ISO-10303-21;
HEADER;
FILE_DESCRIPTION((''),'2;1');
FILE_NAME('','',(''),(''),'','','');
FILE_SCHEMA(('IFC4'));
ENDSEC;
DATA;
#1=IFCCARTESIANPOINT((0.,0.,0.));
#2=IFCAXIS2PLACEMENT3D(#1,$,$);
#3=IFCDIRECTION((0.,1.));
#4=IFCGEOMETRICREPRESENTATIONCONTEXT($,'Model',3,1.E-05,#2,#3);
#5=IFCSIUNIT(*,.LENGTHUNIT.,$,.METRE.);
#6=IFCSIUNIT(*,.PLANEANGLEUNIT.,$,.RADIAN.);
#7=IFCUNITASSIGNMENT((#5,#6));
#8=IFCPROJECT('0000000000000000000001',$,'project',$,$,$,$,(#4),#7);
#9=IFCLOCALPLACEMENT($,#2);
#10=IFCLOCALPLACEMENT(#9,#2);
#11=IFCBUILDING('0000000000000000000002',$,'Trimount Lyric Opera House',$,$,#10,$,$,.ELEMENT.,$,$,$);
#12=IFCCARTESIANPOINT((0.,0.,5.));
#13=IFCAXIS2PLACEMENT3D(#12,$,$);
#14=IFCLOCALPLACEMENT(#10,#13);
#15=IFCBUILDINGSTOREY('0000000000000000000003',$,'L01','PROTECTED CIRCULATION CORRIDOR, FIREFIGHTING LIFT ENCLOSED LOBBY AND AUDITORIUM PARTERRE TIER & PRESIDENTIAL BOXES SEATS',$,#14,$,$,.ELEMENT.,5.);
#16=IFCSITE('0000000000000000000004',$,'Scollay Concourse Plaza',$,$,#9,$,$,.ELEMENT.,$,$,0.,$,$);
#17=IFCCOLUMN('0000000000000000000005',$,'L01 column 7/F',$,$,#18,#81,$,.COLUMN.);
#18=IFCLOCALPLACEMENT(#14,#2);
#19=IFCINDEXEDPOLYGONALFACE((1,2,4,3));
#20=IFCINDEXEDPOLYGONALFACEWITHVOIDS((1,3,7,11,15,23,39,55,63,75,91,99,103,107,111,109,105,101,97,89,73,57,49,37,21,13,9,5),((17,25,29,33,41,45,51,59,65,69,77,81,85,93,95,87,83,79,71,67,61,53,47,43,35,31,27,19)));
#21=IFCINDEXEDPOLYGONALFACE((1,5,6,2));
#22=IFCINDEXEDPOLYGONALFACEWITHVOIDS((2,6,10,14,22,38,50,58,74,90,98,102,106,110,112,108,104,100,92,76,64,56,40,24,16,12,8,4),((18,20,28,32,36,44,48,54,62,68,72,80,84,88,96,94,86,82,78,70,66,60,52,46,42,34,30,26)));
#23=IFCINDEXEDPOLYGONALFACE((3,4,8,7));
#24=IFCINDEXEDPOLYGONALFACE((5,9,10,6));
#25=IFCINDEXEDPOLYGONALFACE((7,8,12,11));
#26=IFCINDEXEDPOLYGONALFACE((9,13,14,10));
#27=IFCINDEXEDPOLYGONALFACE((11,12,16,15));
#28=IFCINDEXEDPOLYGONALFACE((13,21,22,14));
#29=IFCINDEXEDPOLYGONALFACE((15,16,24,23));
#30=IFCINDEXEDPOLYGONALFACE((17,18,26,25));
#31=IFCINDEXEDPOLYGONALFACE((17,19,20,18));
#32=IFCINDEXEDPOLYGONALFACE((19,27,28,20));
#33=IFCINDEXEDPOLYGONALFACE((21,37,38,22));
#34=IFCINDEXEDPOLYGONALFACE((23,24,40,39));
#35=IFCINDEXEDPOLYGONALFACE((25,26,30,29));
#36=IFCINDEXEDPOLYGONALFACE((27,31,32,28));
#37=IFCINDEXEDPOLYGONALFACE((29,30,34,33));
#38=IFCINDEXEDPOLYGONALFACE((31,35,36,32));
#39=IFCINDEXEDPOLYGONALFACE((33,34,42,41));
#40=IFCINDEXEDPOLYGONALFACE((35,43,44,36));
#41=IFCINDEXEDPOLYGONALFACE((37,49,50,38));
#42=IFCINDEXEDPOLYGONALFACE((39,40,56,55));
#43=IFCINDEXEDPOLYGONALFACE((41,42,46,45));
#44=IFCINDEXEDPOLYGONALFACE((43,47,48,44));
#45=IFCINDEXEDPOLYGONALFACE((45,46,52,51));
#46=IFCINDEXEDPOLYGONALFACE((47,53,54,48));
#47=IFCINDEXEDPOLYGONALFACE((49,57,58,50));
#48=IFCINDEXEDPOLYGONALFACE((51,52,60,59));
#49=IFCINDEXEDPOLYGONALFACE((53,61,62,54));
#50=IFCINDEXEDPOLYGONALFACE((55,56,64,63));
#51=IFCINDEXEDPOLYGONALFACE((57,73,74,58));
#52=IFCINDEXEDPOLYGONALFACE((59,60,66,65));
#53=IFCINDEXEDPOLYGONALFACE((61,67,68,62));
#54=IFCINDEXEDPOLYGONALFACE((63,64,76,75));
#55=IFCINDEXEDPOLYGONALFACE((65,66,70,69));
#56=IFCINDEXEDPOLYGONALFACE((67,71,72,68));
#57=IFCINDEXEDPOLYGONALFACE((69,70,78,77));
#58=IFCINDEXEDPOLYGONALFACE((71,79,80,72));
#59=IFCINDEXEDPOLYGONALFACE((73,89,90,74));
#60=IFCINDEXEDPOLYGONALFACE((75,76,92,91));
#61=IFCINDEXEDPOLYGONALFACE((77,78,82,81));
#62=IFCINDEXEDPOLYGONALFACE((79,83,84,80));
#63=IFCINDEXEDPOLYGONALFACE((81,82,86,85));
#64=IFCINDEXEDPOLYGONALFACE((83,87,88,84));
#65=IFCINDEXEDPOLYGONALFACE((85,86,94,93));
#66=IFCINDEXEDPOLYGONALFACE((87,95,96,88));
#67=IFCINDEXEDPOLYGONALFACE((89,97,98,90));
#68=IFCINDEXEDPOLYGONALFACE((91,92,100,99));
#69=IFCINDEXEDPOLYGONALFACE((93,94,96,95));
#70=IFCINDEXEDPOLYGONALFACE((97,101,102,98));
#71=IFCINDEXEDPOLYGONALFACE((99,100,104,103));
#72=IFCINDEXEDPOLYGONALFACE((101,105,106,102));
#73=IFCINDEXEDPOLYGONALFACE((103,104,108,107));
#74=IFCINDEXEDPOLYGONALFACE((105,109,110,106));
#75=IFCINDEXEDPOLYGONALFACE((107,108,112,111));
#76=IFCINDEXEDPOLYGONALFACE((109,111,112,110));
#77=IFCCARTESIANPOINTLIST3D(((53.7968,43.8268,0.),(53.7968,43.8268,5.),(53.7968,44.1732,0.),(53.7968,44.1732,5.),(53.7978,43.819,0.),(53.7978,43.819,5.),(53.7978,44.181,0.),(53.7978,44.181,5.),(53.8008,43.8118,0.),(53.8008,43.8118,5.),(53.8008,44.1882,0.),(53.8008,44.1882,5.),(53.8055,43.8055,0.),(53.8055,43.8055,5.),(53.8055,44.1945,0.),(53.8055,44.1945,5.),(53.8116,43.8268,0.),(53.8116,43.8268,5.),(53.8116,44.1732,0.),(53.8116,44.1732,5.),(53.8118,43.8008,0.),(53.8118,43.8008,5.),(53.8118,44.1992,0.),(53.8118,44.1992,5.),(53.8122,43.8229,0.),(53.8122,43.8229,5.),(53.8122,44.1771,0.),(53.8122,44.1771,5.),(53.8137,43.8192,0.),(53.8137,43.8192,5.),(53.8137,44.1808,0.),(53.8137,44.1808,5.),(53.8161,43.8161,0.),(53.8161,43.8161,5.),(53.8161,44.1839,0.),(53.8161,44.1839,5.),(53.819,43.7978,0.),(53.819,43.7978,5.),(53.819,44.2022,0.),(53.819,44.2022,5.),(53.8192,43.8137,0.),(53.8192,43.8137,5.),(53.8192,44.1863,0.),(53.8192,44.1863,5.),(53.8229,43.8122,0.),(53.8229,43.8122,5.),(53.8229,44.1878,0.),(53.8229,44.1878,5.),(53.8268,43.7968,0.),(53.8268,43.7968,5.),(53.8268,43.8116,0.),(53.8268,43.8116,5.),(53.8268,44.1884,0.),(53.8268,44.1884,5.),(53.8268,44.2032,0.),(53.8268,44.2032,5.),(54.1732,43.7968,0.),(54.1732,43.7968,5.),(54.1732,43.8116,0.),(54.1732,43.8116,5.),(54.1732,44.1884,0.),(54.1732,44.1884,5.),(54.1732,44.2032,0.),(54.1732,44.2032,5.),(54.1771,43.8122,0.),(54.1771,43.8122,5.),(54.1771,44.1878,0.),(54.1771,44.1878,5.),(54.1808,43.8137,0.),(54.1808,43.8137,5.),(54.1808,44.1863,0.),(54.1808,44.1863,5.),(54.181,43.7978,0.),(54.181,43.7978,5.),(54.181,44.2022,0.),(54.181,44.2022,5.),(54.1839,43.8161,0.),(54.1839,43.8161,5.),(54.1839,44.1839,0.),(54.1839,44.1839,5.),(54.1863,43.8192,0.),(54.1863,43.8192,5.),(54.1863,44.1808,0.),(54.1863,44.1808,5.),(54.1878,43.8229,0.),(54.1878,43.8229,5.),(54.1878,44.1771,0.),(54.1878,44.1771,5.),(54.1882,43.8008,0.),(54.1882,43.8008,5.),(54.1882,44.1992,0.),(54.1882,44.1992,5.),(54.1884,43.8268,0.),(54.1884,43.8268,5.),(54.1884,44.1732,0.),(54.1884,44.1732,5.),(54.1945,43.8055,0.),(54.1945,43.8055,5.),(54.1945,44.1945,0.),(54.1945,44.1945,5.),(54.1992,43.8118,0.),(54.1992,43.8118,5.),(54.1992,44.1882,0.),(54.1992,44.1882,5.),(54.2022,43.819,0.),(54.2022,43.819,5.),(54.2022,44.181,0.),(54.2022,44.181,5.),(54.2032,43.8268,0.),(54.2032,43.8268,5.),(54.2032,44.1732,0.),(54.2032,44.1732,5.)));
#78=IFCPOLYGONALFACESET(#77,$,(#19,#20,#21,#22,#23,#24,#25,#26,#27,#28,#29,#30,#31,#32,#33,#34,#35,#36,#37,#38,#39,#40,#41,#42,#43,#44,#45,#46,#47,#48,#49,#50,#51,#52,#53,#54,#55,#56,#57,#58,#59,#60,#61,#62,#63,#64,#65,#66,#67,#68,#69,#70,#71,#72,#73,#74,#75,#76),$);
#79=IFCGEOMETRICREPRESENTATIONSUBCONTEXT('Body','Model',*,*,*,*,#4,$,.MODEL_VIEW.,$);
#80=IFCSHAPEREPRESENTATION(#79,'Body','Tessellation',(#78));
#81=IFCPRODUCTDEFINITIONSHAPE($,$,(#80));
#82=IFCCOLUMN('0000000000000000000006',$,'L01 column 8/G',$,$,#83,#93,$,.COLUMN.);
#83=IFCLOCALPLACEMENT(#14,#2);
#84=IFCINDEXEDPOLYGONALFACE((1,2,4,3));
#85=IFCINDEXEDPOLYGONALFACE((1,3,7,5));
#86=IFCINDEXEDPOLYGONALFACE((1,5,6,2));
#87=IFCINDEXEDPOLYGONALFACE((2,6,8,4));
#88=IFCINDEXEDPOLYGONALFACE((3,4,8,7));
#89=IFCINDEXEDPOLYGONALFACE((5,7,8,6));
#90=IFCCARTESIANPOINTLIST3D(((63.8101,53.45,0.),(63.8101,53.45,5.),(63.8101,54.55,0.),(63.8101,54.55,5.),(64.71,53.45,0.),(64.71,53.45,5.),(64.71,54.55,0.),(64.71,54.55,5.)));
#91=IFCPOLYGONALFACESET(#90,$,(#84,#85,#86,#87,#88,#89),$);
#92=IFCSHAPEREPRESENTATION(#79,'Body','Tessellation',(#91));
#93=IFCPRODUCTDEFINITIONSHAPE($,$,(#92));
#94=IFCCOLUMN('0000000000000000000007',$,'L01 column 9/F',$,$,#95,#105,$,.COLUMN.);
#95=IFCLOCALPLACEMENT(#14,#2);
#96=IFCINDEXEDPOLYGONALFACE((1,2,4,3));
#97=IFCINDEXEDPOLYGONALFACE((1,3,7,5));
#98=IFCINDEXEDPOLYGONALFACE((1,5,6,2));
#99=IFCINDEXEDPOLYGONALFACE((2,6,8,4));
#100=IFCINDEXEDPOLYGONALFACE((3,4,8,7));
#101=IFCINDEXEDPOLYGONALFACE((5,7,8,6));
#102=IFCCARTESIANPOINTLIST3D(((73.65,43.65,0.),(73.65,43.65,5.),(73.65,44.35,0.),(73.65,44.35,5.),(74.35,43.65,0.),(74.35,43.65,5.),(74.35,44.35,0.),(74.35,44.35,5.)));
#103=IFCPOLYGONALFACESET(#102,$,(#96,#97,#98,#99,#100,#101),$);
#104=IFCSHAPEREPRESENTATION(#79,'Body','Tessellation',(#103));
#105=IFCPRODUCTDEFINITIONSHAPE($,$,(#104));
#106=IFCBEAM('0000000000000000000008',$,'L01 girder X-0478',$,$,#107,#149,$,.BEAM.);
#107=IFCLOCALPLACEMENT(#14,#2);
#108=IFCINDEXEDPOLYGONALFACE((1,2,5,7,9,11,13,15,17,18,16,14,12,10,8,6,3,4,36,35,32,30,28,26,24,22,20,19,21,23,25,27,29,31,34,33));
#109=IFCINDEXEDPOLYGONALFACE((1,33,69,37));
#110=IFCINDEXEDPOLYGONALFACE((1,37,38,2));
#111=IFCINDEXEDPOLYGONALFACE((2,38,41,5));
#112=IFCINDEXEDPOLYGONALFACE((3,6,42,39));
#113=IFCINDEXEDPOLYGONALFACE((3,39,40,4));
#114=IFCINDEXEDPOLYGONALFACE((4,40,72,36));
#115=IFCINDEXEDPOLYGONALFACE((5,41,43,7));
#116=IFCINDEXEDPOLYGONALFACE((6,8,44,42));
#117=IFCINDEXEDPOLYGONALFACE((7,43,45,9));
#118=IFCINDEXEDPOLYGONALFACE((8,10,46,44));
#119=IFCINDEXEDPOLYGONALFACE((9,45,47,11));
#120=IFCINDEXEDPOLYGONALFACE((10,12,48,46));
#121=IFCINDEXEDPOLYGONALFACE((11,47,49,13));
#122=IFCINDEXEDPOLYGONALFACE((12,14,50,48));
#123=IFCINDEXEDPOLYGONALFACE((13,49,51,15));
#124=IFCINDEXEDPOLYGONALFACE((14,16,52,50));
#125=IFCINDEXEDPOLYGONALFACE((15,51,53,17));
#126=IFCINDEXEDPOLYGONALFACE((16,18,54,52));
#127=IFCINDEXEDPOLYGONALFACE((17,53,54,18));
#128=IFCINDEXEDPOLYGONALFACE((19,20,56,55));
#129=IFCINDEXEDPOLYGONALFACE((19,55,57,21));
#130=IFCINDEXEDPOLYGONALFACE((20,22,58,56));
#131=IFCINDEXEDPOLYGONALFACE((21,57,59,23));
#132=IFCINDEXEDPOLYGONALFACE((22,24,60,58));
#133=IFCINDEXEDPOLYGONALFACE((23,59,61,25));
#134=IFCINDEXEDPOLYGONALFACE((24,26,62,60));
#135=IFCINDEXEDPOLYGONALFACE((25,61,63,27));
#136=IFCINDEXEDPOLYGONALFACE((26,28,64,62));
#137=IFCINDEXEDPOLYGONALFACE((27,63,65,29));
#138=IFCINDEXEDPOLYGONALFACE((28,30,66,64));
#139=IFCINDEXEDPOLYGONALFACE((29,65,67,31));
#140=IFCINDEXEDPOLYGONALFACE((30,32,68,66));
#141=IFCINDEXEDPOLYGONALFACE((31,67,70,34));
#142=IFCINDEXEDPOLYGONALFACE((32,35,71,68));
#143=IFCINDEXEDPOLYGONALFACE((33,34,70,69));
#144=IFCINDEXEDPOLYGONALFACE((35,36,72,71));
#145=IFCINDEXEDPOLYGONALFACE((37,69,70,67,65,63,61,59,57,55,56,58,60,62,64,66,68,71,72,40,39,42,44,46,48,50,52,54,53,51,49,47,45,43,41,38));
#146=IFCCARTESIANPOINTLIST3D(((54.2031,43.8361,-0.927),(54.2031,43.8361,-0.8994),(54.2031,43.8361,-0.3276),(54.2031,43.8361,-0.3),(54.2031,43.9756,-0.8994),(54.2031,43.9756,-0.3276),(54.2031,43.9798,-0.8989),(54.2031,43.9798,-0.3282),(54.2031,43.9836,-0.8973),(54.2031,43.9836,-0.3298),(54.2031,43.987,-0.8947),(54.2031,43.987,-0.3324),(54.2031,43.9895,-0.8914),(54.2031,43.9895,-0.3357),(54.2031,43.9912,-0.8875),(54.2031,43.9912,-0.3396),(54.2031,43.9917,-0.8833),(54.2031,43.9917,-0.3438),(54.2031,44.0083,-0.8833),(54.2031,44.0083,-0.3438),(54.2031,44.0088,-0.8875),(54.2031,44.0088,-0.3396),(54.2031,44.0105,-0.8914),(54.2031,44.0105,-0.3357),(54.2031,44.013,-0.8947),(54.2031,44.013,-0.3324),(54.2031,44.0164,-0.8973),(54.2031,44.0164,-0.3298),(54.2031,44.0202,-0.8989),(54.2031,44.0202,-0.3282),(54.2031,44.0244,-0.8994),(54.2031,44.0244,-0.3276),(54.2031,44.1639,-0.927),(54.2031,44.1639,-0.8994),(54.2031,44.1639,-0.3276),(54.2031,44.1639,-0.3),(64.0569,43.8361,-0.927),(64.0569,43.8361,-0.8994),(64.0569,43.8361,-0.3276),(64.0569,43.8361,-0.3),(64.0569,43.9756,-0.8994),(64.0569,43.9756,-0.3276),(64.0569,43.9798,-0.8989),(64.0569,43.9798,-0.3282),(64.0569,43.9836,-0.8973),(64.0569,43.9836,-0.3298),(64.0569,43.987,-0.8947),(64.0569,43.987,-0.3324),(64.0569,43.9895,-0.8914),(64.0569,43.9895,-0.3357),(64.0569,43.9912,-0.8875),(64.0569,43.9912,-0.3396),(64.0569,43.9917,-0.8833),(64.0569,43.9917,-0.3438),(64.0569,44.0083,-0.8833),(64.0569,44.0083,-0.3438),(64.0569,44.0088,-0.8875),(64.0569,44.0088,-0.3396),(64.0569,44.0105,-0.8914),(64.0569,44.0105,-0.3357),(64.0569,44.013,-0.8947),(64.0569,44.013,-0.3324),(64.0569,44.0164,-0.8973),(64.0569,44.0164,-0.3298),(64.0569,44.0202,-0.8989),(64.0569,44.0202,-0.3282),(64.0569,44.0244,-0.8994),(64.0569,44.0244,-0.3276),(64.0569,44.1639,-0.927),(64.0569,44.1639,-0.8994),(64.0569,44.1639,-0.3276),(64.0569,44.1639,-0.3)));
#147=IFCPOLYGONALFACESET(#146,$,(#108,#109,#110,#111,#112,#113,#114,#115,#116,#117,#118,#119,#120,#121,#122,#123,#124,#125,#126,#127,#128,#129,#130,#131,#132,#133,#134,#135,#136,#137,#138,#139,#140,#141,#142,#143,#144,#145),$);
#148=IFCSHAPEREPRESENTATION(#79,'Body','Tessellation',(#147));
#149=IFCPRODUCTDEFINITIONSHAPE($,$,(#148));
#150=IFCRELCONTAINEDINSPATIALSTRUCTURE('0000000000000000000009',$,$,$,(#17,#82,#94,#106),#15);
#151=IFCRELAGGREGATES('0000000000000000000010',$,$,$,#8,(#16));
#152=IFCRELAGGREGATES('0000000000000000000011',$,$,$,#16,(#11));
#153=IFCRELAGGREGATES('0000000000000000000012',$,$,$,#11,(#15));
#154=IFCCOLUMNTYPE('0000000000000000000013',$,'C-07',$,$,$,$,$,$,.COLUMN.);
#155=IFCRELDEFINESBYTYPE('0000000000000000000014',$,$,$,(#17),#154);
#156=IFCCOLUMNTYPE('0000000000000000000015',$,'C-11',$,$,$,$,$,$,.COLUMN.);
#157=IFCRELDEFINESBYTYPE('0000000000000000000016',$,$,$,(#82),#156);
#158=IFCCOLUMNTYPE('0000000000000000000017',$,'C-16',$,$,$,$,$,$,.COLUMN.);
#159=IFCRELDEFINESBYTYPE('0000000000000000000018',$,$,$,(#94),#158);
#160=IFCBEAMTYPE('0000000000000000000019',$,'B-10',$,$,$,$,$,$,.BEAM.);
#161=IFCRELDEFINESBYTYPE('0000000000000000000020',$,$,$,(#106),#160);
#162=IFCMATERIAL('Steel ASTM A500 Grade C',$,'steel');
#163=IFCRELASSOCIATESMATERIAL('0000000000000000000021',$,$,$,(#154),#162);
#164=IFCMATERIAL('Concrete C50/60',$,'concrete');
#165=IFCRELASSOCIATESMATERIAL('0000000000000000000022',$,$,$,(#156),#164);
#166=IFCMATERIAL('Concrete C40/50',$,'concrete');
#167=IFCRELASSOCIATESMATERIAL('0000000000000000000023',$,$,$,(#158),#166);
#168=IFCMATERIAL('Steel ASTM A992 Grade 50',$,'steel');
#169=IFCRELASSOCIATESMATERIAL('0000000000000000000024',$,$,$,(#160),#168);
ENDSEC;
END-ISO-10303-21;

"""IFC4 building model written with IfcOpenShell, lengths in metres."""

from ifc_helpers import new_model, si_unit, direction, frame, origin, origin_2d, place, context, subcontext, project, spatial, rectangle, hollow_rectangle, i_section, extrude, material, material_profile, profile_set, type_object, element, save


model = new_model("IFC4")

# Units and contexts
model_context = context("Model", 3, precision=1e-05, world=origin(), true_north=direction((0.0, 1.0)))
body_context = subcontext(model_context, "Body", "Model", "MODEL_VIEW")
ifc_project = project(units=[si_unit("LENGTHUNIT", "METRE"), si_unit("PLANEANGLEUNIT", "RADIAN")], contexts=[model_context])

# Site, building, storey
site_placement = place(None, origin())
site = spatial("IfcSite", under=ifc_project, at=site_placement, Name="Scollay Concourse Plaza", CompositionType="ELEMENT", RefElevation=0.0)
building_placement = place(site_placement, origin())
building = spatial("IfcBuilding", under=site, at=building_placement, Name="Trimount Lyric Opera House", CompositionType="ELEMENT")
storey_placement = place(building_placement, frame((0.0, 0.0, 5.0)))
storey = spatial("IfcBuildingStorey", under=building, at=storey_placement, Name="L01", Description="PROTECTED CIRCULATION CORRIDOR, FIREFIGHTING LIFT ENCLOSED LOBBY AND AUDITORIUM PARTERRE TIER & PRESIDENTIAL BOXES SEATS", CompositionType="ELEMENT", Elevation=5.0)

# Columns
ifc_material_1 = material(Name="Steel ASTM A500 Grade C", Category="steel")
ifc_material_profile_1 = material_profile(ifc_material_1, hollow_rectangle(XDim=0.4065, YDim=0.4065, WallThickness=0.0149, InnerFilletRadius=0.0151, OuterFilletRadius=0.03, at=origin_2d()), Name="HSS406.4X406.4X15.9")
ifc_profile_set_1 = profile_set([ifc_material_profile_1], Name="Steel ASTM A500 Grade C")
column_type_1 = type_object("IfcColumnType", Name="C-07", PredefinedType="COLUMN", material=ifc_profile_set_1)
column_1_placement = place(storey_placement, frame((54.0, 44.0, 0.0), z_axis=(0.0, 0.0, 1.0), x_axis=(1.0, 0.0, 0.0)))
element("IfcColumn", 1, at=column_1_placement, inside=storey, type_object=column_type_1, Name="L01 column 7/F", PredefinedType="COLUMN", context=body_context, shape_type="SweptSolid", body=[
    extrude(hollow_rectangle(XDim=0.4065, YDim=0.4065, WallThickness=0.0149, InnerFilletRadius=0.0151, OuterFilletRadius=0.03, at=origin_2d()), origin(), (0.0, 0.0, 1.0), 5.0),
])
ifc_material_2 = material(Name="Concrete C50/60", Category="concrete")
ifc_material_profile_2 = material_profile(ifc_material_2, rectangle(XDim=0.8999, YDim=1.1001, at=origin_2d()), Name="RC1100X900")
ifc_profile_set_2 = profile_set([ifc_material_profile_2], Name="Concrete C50/60")
column_type_2 = type_object("IfcColumnType", Name="C-11", PredefinedType="COLUMN", material=ifc_profile_set_2)
column_2_placement = place(storey_placement, frame((64.26, 54.0, 0.0), z_axis=(0.0, 0.0, 1.0), x_axis=(1.0, 0.0, 0.0)))
element("IfcColumn", 2, at=column_2_placement, inside=storey, type_object=column_type_2, Name="L01 column 8/G", PredefinedType="COLUMN", context=body_context, shape_type="SweptSolid", body=[
    extrude(rectangle(XDim=0.8999, YDim=1.1001, at=origin_2d()), origin(), (0.0, 0.0, 1.0), 5.0),
])
ifc_material_3 = material(Name="Concrete C40/50", Category="concrete")
ifc_material_profile_3 = material_profile(ifc_material_3, rectangle(XDim=0.7, YDim=0.7, at=origin_2d()), Name="RC700X700")
ifc_profile_set_3 = profile_set([ifc_material_profile_3], Name="Concrete C40/50")
column_type_3 = type_object("IfcColumnType", Name="C-16", PredefinedType="COLUMN", material=ifc_profile_set_3)
column_3_placement = place(storey_placement, frame((74.0, 44.0, 0.0), z_axis=(0.0, 0.0, 1.0), x_axis=(1.0, 0.0, 0.0)))
element("IfcColumn", 3, at=column_3_placement, inside=storey, type_object=column_type_3, Name="L01 column 9/F", PredefinedType="COLUMN", context=body_context, shape_type="SweptSolid", body=[
    extrude(rectangle(XDim=0.7, YDim=0.7, at=origin_2d()), origin(), (0.0, 0.0, 1.0), 5.0),
])

# Beam
ifc_material_4 = material(Name="Steel ASTM A992 Grade 50", Category="steel")
ifc_material_profile_4 = material_profile(ifc_material_4, i_section(OverallWidth=0.3279, OverallDepth=0.627, WebThickness=0.0166, FlangeThickness=0.0276, FilletRadius=0.0161, at=origin_2d()), Name="W24X146")
ifc_profile_set_4 = profile_set([ifc_material_profile_4], Name="Steel ASTM A992 Grade 50")
beam_type_1 = type_object("IfcBeamType", Name="B-10", PredefinedType="BEAM", material=ifc_profile_set_4)
beam_1_placement = place(storey_placement, frame((54.2031, 44.0, -0.6135), z_axis=(1.0, 0.0, 0.0), x_axis=(0.0, 1.0, 0.0)))
element("IfcBeam", 4, at=beam_1_placement, inside=storey, type_object=beam_type_1, Name="L01 girder X-0478", PredefinedType="BEAM", context=body_context, shape_type="SweptSolid", body=[
    extrude(i_section(OverallWidth=0.3279, OverallDepth=0.627, WebThickness=0.0166, FlangeThickness=0.0276, FilletRadius=0.0161, at=origin_2d()), origin(), (0.0, 0.0, 1.0), 9.8538),
])

save(model, "model.ifc")
